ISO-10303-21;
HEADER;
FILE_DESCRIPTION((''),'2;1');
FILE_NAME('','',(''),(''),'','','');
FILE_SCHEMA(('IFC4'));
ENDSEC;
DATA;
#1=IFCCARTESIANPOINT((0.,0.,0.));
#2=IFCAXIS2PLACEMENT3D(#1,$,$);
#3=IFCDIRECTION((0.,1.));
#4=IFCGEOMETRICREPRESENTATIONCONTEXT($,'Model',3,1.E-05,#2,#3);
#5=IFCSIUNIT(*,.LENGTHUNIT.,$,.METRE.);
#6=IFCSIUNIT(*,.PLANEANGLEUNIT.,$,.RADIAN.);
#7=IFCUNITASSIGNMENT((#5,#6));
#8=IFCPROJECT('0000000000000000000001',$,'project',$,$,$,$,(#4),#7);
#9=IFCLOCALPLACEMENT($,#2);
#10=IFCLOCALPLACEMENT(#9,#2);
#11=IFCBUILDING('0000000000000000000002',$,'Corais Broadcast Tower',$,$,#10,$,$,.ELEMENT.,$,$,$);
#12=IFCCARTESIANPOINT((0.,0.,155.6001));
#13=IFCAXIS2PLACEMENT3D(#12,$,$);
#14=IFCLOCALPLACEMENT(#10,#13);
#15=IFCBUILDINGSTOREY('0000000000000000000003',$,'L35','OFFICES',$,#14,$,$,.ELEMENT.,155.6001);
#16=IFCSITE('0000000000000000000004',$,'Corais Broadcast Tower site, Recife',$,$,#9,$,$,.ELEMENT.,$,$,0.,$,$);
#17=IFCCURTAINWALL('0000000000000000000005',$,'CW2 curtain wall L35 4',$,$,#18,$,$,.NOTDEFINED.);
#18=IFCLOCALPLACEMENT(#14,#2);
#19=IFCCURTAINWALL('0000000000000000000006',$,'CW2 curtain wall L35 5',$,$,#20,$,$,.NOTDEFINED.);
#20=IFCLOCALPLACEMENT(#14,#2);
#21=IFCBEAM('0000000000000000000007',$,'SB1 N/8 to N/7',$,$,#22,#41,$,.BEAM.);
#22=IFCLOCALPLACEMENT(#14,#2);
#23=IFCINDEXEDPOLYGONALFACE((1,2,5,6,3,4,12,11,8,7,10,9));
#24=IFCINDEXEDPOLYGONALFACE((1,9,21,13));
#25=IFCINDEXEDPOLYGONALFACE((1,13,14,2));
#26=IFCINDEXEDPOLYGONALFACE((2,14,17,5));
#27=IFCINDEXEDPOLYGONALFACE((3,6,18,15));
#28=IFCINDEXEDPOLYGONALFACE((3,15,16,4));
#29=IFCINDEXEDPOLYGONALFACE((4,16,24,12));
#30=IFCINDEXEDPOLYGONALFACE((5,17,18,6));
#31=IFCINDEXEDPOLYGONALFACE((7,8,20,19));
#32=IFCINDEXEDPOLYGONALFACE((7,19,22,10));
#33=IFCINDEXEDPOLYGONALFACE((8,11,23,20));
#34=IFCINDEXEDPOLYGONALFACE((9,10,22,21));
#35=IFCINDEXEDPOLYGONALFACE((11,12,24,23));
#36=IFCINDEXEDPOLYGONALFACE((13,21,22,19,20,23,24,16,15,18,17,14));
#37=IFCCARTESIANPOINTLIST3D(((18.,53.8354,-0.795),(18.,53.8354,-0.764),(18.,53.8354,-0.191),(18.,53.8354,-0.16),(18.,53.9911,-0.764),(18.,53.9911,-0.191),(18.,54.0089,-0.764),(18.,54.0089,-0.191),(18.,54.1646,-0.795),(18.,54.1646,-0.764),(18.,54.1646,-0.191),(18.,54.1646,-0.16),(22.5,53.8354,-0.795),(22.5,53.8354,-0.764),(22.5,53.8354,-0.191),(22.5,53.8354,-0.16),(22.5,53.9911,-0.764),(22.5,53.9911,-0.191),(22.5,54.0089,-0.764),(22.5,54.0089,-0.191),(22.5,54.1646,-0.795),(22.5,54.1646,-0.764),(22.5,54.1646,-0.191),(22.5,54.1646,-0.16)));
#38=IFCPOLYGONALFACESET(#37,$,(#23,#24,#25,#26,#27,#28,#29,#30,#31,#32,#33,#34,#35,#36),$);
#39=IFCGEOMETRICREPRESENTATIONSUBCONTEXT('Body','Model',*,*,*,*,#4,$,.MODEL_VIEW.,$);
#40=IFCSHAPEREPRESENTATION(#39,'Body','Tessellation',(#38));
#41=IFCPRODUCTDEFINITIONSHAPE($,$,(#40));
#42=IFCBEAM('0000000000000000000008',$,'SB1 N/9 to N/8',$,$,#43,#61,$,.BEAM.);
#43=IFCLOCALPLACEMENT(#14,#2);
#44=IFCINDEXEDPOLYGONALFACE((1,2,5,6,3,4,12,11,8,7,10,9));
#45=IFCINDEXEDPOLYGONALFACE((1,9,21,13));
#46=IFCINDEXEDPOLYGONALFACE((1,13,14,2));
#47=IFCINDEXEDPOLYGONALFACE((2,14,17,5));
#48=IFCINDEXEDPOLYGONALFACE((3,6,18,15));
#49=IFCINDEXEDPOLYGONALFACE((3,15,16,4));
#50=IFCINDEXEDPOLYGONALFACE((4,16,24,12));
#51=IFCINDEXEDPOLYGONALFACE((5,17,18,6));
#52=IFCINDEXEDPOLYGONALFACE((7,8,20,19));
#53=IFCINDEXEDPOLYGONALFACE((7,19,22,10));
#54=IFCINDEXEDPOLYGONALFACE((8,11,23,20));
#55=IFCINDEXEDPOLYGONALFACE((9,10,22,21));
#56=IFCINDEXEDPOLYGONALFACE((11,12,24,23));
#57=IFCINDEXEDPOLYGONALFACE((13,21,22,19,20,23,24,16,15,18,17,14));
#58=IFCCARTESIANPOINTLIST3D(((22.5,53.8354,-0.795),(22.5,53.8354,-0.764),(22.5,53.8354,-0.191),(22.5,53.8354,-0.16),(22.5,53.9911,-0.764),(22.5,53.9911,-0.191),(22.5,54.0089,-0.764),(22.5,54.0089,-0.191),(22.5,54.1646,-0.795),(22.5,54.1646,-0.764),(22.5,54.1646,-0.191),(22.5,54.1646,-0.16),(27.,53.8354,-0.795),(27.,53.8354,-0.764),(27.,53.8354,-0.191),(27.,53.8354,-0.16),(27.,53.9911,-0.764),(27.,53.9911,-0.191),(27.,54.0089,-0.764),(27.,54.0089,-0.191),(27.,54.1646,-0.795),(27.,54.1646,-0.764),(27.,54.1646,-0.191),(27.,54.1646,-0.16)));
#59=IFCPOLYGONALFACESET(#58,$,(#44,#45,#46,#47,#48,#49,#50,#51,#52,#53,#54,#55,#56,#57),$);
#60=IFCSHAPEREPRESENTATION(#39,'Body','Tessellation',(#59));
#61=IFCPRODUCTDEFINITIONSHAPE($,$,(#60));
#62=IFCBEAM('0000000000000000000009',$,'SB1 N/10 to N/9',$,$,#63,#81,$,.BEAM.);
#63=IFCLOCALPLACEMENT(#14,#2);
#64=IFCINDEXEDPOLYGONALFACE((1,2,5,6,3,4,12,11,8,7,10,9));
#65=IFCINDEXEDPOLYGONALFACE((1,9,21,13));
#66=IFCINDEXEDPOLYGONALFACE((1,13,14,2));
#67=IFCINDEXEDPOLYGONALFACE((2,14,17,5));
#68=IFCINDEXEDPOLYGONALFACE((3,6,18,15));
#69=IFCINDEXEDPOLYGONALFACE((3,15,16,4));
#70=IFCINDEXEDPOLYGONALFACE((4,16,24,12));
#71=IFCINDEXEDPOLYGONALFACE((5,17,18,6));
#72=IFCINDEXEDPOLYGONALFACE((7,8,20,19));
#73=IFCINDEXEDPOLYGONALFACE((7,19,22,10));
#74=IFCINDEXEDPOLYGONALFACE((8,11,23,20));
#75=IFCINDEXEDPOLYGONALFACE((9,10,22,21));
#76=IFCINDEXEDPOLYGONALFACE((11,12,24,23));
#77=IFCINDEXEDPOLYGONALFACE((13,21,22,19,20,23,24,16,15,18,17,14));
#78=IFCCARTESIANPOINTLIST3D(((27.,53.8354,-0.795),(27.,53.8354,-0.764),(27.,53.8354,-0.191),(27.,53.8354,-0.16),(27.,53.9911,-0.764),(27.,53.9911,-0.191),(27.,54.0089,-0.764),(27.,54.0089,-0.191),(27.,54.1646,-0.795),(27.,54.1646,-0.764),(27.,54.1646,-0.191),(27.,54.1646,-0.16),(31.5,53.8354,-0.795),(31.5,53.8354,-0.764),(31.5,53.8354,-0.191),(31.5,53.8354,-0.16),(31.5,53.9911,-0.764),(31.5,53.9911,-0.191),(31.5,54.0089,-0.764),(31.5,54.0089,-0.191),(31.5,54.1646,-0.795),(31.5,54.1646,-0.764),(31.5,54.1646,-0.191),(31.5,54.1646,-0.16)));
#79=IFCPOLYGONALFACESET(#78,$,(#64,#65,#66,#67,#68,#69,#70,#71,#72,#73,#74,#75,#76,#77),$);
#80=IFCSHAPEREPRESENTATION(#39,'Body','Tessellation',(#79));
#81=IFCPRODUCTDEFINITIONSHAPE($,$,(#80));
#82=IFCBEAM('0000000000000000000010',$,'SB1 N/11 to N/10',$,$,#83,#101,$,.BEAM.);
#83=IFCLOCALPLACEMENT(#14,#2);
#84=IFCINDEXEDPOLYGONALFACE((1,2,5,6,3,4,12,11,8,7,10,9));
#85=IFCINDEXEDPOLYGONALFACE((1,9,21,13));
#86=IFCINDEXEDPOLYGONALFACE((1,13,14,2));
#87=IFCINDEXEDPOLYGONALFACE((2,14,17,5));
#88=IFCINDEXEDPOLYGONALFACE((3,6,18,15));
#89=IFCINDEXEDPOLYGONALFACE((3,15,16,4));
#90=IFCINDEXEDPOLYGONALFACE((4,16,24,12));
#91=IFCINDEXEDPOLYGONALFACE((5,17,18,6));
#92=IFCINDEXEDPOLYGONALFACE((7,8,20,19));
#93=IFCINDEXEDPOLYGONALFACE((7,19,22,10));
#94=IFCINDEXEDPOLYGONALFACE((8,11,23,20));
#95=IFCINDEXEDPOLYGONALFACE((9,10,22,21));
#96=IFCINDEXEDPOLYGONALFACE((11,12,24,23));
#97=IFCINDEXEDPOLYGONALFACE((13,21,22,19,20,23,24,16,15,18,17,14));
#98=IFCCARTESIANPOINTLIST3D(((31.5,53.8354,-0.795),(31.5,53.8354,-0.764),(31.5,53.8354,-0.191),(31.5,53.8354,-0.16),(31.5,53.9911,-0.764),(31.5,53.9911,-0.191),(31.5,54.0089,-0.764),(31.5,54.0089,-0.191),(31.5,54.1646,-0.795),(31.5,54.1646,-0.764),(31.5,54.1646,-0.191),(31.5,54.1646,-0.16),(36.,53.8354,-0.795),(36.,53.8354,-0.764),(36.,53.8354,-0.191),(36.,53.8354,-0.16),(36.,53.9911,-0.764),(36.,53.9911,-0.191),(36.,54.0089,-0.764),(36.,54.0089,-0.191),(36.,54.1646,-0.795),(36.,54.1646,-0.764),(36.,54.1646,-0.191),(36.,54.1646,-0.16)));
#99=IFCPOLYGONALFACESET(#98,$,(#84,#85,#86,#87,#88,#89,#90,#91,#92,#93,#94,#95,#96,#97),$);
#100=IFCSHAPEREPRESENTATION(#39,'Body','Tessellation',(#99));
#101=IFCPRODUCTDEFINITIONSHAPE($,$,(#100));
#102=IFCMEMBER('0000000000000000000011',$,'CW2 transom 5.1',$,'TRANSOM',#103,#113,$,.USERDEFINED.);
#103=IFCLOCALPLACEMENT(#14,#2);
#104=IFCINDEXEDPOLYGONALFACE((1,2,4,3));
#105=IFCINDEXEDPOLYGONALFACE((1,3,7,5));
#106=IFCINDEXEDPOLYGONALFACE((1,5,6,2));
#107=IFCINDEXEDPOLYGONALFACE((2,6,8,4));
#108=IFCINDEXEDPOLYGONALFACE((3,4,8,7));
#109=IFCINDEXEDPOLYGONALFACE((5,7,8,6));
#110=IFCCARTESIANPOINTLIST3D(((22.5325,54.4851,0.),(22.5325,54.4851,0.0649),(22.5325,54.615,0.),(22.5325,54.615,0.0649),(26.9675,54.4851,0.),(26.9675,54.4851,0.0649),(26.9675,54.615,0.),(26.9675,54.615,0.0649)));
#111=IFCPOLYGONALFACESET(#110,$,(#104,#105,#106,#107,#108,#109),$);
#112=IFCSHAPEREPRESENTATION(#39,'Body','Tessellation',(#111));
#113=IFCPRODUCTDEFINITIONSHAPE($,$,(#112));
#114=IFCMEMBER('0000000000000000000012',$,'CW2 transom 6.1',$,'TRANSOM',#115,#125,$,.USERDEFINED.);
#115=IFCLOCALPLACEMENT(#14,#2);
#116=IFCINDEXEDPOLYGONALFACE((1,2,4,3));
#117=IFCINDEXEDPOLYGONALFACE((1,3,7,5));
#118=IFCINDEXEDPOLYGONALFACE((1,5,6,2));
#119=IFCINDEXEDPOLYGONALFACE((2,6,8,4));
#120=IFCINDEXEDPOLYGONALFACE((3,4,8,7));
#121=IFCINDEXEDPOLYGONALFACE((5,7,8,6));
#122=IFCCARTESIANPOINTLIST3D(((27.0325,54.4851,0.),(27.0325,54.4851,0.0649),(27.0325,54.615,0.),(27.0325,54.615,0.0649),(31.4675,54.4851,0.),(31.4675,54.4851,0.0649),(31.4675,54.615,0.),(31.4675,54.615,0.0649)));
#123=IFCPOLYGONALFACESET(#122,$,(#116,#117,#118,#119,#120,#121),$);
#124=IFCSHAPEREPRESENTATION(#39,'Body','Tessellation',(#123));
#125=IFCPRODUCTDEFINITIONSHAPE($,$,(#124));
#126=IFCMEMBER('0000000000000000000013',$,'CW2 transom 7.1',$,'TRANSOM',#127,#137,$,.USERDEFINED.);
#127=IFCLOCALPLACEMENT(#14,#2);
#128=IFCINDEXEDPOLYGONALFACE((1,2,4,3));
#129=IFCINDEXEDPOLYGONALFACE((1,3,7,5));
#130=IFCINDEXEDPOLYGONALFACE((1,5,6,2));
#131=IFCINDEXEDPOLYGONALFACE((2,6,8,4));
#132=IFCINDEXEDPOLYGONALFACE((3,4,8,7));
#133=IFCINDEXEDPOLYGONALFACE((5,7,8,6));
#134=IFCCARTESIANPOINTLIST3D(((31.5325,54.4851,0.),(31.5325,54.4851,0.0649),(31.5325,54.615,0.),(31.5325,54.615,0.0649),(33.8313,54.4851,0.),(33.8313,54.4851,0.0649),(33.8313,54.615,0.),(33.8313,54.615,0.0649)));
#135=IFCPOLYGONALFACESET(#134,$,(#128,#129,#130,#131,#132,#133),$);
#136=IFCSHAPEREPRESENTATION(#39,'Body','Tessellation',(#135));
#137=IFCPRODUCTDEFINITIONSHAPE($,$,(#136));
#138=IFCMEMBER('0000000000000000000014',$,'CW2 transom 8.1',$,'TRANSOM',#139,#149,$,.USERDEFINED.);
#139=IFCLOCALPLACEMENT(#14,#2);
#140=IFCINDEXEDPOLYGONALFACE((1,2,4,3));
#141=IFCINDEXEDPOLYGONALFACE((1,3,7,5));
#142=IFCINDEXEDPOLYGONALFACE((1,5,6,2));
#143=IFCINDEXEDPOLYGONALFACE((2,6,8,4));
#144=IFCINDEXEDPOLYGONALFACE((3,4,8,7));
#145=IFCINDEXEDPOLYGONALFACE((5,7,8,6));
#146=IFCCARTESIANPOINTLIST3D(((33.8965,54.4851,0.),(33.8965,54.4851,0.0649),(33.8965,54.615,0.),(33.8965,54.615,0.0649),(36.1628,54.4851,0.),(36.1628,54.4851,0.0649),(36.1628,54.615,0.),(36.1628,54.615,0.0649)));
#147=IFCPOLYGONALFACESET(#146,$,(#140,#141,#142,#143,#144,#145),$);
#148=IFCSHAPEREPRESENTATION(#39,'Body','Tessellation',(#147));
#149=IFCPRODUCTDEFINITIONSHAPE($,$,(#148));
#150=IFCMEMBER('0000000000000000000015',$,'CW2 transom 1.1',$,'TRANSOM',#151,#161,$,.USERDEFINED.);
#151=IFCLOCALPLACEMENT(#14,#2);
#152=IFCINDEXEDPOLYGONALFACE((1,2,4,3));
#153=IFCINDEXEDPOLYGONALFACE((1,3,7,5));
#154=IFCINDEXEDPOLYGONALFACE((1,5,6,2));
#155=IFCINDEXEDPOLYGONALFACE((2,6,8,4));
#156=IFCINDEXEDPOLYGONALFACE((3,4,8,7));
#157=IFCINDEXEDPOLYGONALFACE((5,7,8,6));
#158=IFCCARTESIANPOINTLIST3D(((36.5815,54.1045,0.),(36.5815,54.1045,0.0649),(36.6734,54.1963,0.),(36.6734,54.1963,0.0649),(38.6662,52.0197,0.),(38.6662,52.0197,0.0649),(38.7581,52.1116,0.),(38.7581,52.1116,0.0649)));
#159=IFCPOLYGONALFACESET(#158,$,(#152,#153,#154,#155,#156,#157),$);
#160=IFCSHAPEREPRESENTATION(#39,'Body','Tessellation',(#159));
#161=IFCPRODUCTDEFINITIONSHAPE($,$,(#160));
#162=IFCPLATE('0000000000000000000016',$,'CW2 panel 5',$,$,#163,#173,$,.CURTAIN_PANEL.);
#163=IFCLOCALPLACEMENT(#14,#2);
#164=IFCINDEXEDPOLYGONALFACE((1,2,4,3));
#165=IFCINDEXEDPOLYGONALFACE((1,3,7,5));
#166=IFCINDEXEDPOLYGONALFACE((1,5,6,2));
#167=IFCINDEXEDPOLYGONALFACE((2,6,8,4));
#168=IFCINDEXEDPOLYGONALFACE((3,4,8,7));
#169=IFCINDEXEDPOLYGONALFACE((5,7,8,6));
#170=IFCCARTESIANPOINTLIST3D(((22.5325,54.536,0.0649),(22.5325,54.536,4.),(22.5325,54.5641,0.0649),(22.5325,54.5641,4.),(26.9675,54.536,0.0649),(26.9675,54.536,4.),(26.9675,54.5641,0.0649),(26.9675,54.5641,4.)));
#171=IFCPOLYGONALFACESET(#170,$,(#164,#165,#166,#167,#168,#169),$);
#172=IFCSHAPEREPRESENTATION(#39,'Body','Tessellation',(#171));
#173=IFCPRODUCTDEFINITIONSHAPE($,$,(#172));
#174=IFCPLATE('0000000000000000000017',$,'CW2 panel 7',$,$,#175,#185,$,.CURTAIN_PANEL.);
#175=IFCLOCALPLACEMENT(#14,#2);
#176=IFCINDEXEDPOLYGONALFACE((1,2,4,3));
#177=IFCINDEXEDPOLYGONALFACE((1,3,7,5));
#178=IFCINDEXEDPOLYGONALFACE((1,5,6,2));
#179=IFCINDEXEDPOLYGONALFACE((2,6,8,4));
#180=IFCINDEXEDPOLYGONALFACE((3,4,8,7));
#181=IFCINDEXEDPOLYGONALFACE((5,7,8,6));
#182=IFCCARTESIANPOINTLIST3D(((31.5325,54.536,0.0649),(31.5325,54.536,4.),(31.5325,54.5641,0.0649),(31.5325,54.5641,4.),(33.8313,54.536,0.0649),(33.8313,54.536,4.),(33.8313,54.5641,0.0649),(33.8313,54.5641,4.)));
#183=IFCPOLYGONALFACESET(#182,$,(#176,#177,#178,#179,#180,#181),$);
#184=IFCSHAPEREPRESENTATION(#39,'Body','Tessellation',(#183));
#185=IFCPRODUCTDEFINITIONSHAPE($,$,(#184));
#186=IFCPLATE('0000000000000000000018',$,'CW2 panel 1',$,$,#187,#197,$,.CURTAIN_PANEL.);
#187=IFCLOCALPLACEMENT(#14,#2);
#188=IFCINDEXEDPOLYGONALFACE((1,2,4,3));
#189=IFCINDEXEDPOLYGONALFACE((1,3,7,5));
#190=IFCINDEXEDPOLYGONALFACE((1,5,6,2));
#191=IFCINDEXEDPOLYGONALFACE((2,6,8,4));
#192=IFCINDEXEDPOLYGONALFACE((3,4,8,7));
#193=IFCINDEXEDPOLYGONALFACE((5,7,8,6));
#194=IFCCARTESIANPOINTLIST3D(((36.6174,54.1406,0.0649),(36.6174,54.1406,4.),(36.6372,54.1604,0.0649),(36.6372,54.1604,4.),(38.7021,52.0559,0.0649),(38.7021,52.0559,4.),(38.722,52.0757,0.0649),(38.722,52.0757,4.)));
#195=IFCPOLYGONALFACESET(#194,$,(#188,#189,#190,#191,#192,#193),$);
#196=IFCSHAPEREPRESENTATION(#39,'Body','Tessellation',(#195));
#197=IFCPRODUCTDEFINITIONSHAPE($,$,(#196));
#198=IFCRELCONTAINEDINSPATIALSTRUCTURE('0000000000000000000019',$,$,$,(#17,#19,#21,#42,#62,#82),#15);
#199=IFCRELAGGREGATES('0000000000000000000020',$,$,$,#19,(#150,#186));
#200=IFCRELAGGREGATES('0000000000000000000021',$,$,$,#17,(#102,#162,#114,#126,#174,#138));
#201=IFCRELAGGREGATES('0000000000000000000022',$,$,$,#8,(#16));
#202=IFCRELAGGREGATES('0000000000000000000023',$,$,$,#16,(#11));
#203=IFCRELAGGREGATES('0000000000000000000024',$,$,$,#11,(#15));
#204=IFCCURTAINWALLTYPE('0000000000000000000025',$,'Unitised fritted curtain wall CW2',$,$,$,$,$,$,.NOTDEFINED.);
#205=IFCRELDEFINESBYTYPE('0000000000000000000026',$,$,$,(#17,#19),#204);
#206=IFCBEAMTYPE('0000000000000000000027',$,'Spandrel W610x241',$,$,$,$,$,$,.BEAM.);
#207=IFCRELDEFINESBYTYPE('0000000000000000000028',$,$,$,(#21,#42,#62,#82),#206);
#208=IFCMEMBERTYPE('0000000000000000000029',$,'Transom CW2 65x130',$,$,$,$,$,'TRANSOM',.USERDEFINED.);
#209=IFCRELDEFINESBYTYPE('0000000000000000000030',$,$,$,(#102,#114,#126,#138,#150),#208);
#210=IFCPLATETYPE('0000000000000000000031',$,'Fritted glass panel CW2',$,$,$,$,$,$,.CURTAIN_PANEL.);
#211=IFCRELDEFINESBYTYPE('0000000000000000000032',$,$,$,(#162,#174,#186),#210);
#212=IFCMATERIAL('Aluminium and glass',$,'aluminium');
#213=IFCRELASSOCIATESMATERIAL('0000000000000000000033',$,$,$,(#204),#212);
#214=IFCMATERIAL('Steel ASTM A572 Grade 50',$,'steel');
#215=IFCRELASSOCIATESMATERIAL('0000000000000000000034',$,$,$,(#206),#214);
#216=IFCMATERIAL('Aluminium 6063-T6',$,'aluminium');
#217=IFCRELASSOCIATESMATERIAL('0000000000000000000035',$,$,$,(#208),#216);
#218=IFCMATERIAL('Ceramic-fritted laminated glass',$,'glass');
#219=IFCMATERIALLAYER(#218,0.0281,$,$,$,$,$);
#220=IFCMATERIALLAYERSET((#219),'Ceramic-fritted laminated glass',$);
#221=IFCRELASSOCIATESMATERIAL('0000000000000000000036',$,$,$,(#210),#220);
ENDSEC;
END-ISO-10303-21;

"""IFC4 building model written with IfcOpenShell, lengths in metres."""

from ifc_helpers import new_model, si_unit, direction, frame, origin, origin_2d, place, context, subcontext, project, spatial, rectangle, i_section, extrude, material, layer, layer_set, material_profile, profile_set, type_object, element, aggregate, save


model = new_model("IFC4")

# Units and contexts
model_context = context("Model", 3, precision=1e-05, world=origin(), true_north=direction((0.0, 1.0)))
body_context = subcontext(model_context, "Body", "Model", "MODEL_VIEW")
ifc_project = project(units=[si_unit("LENGTHUNIT", "METRE"), si_unit("PLANEANGLEUNIT", "RADIAN")], contexts=[model_context])

# Site, building, storey
site_placement = place(None, origin())
site = spatial("IfcSite", under=ifc_project, at=site_placement, Name="Corais Broadcast Tower site, Recife", CompositionType="ELEMENT", RefElevation=0.0)
building_placement = place(site_placement, origin())
building = spatial("IfcBuilding", under=site, at=building_placement, Name="Corais Broadcast Tower", CompositionType="ELEMENT")
storey_placement = place(building_placement, frame((0.0, 0.0, 155.6001)))
storey = spatial("IfcBuildingStorey", under=building, at=storey_placement, Name="L35", Description="OFFICES", CompositionType="ELEMENT", Elevation=155.6001)

# Curtain wall
ifc_material_1 = material(Name="Aluminium and glass", Category="aluminium")
curtain_wall_type = type_object("IfcCurtainWallType", Name="Unitised fritted curtain wall CW2", PredefinedType="NOTDEFINED", material=ifc_material_1)
curtain_wall_1_placement = place(storey_placement, origin())
curtain_wall_1 = element("IfcCurtainWall", 1, at=curtain_wall_1_placement, inside=storey, type_object=curtain_wall_type, Name="CW2 curtain wall L35 4", PredefinedType="NOTDEFINED")

# Curtain wall
curtain_wall_2_placement = place(storey_placement, origin())
curtain_wall_2 = element("IfcCurtainWall", 2, at=curtain_wall_2_placement, inside=storey, type_object=curtain_wall_type, Name="CW2 curtain wall L35 5", PredefinedType="NOTDEFINED")

# Beams
ifc_material_2 = material(Name="Steel ASTM A572 Grade 50", Category="steel")
ifc_material_profile_1 = material_profile(ifc_material_2, i_section(OverallWidth=0.3291, OverallDepth=0.635, WebThickness=0.0178, FlangeThickness=0.031, at=origin_2d()), Name="W610x241")
ifc_profile_set_1 = profile_set([ifc_material_profile_1], Name="Steel ASTM A572 Grade 50")
beam_type_1 = type_object("IfcBeamType", Name="Spandrel W610x241", PredefinedType="BEAM", material=ifc_profile_set_1)
for number, where, z_axis, x_axis, name in (
    (3, (22.5, 54.0, -0.4775), (-1.0, 0.0, 0.0), (0.0, -1.0, 0.0), "SB1 N/8 to N/7"),
    (4, (27.0, 54.0, -0.4775), (-1.0, 0.0, 0.0), (0.0, -1.0, 0.0), "SB1 N/9 to N/8"),
    (5, (31.5, 54.0, -0.4775), (-1.0, 0.0, 0.0), (0.0, -1.0, 0.0), "SB1 N/10 to N/9"),
    (6, (36.0, 54.0, -0.4775), (-1.0, 0.0, 0.0), (0.0, -1.0, 0.0), "SB1 N/11 to N/10"),
):
    element("IfcBeam", number, at=place(storey_placement, frame(where, z_axis=z_axis, x_axis=x_axis)), inside=storey, type_object=beam_type_1, Name=name, PredefinedType="BEAM", context=body_context, shape_type="SweptSolid", body=[
        extrude(i_section(OverallWidth=0.3291, OverallDepth=0.635, WebThickness=0.0178, FlangeThickness=0.031, at=origin_2d()), origin(), (0.0, 0.0, 1.0), 4.5),
    ])

# Members
ifc_material_3 = material(Name="Aluminium 6063-T6", Category="aluminium")
ifc_material_profile_2 = material_profile(ifc_material_3, rectangle(XDim=0.1299, YDim=0.0649, at=origin_2d()), Name="Transom CW2 65x130")
ifc_profile_set_2 = profile_set([ifc_material_profile_2], Name="Aluminium 6063-T6")
member_type_1 = type_object("IfcMemberType", Name="Transom CW2 65x130", ElementType="TRANSOM", PredefinedType="USERDEFINED", material=ifc_profile_set_2)
member_1_placement = place(storey_placement, frame((22.5325, 54.55, 0.0325), z_axis=(1.0, 0.0, 0.0), x_axis=(0.0, 1.0, 0.0)))
member_1 = element("IfcMember", 7, at=member_1_placement, type_object=member_type_1, Name="CW2 transom 5.1", ObjectType="TRANSOM", PredefinedType="USERDEFINED", context=body_context, shape_type="SweptSolid", body=[
    extrude(rectangle(XDim=0.1299, YDim=0.0649, at=origin_2d()), origin(), (0.0, 0.0, 1.0), 4.4351),
])
member_2_placement = place(storey_placement, frame((27.0325, 54.55, 0.0325), z_axis=(1.0, 0.0, 0.0), x_axis=(0.0, 1.0, 0.0)))
member_2 = element("IfcMember", 8, at=member_2_placement, type_object=member_type_1, Name="CW2 transom 6.1", ObjectType="TRANSOM", PredefinedType="USERDEFINED", context=body_context, shape_type="SweptSolid", body=[
    extrude(rectangle(XDim=0.1299, YDim=0.0649, at=origin_2d()), origin(), (0.0, 0.0, 1.0), 4.4351),
])
member_3_placement = place(storey_placement, frame((31.5325, 54.55, 0.0325), z_axis=(1.0, 0.0, 0.0), x_axis=(0.0, 1.0, 0.0)))
member_3 = element("IfcMember", 9, at=member_3_placement, type_object=member_type_1, Name="CW2 transom 7.1", ObjectType="TRANSOM", PredefinedType="USERDEFINED", context=body_context, shape_type="SweptSolid", body=[
    extrude(rectangle(XDim=0.1299, YDim=0.0649, at=origin_2d()), origin(), (0.0, 0.0, 1.0), 2.2988),
])
member_4_placement = place(storey_placement, frame((33.8965, 54.55, 0.0325), z_axis=(1.0, 0.0, 0.0), x_axis=(0.0, 1.0, 0.0)))
member_4 = element("IfcMember", 10, at=member_4_placement, type_object=member_type_1, Name="CW2 transom 8.1", ObjectType="TRANSOM", PredefinedType="USERDEFINED", context=body_context, shape_type="SweptSolid", body=[
    extrude(rectangle(XDim=0.1299, YDim=0.0649, at=origin_2d()), origin(), (0.0, 0.0, 1.0), 2.2664),
])
member_5_placement = place(storey_placement, frame((36.6274, 54.1504, 0.0325), z_axis=(0.707107, -0.707107, 0.0), x_axis=(0.707107, 0.707107, 0.0)))
member_5 = element("IfcMember", 11, at=member_5_placement, type_object=member_type_1, Name="CW2 transom 1.1", ObjectType="TRANSOM", PredefinedType="USERDEFINED", context=body_context, shape_type="SweptSolid", body=[
    extrude(rectangle(XDim=0.1299, YDim=0.0649, at=origin_2d()), origin(), (0.0, 0.0, 1.0), 2.9482),
])

# Plates
ifc_material_4 = material(Name="Ceramic-fritted laminated glass", Category="glass")
ifc_layer_1 = layer(ifc_material_4, 0.0281)
ifc_layer_set_1 = layer_set([ifc_layer_1], Name="Ceramic-fritted laminated glass")
plate_type_1 = type_object("IfcPlateType", Name="Fritted glass panel CW2", PredefinedType="CURTAIN_PANEL", material=ifc_layer_set_1)
plate_1_placement = place(storey_placement, frame((24.75, 54.55, 0.0649), z_axis=(0.0, 0.0, 1.0), x_axis=(1.0, 0.0, 0.0)))
plate_1 = element("IfcPlate", 12, at=plate_1_placement, type_object=plate_type_1, Name="CW2 panel 5", PredefinedType="CURTAIN_PANEL", context=body_context, shape_type="SweptSolid", body=[
    extrude(rectangle(XDim=4.4351, YDim=0.0281, at=origin_2d()), origin(), (0.0, 0.0, 1.0), 3.9351),
])
plate_2_placement = place(storey_placement, frame((32.6819, 54.55, 0.0649), z_axis=(0.0, 0.0, 1.0), x_axis=(1.0, 0.0, 0.0)))
plate_2 = element("IfcPlate", 13, at=plate_2_placement, type_object=plate_type_1, Name="CW2 panel 7", PredefinedType="CURTAIN_PANEL", context=body_context, shape_type="SweptSolid", body=[
    extrude(rectangle(XDim=2.2988, YDim=0.0281, at=origin_2d()), origin(), (0.0, 0.0, 1.0), 3.9351),
])
plate_3_placement = place(storey_placement, frame((37.6697, 53.1082, 0.0649), z_axis=(0.0, 0.0, 1.0), x_axis=(0.707107, -0.707107, 0.0)))
plate_3 = element("IfcPlate", 14, at=plate_3_placement, type_object=plate_type_1, Name="CW2 panel 1", PredefinedType="CURTAIN_PANEL", context=body_context, shape_type="SweptSolid", body=[
    extrude(rectangle(XDim=2.9482, YDim=0.0281, at=origin_2d()), origin(), (0.0, 0.0, 1.0), 3.9351),
])
aggregate(curtain_wall_2, [member_5, plate_3])
aggregate(curtain_wall_1, [member_1, plate_1, member_2, member_3, plate_2, member_4])

save(model, "model.ifc")
